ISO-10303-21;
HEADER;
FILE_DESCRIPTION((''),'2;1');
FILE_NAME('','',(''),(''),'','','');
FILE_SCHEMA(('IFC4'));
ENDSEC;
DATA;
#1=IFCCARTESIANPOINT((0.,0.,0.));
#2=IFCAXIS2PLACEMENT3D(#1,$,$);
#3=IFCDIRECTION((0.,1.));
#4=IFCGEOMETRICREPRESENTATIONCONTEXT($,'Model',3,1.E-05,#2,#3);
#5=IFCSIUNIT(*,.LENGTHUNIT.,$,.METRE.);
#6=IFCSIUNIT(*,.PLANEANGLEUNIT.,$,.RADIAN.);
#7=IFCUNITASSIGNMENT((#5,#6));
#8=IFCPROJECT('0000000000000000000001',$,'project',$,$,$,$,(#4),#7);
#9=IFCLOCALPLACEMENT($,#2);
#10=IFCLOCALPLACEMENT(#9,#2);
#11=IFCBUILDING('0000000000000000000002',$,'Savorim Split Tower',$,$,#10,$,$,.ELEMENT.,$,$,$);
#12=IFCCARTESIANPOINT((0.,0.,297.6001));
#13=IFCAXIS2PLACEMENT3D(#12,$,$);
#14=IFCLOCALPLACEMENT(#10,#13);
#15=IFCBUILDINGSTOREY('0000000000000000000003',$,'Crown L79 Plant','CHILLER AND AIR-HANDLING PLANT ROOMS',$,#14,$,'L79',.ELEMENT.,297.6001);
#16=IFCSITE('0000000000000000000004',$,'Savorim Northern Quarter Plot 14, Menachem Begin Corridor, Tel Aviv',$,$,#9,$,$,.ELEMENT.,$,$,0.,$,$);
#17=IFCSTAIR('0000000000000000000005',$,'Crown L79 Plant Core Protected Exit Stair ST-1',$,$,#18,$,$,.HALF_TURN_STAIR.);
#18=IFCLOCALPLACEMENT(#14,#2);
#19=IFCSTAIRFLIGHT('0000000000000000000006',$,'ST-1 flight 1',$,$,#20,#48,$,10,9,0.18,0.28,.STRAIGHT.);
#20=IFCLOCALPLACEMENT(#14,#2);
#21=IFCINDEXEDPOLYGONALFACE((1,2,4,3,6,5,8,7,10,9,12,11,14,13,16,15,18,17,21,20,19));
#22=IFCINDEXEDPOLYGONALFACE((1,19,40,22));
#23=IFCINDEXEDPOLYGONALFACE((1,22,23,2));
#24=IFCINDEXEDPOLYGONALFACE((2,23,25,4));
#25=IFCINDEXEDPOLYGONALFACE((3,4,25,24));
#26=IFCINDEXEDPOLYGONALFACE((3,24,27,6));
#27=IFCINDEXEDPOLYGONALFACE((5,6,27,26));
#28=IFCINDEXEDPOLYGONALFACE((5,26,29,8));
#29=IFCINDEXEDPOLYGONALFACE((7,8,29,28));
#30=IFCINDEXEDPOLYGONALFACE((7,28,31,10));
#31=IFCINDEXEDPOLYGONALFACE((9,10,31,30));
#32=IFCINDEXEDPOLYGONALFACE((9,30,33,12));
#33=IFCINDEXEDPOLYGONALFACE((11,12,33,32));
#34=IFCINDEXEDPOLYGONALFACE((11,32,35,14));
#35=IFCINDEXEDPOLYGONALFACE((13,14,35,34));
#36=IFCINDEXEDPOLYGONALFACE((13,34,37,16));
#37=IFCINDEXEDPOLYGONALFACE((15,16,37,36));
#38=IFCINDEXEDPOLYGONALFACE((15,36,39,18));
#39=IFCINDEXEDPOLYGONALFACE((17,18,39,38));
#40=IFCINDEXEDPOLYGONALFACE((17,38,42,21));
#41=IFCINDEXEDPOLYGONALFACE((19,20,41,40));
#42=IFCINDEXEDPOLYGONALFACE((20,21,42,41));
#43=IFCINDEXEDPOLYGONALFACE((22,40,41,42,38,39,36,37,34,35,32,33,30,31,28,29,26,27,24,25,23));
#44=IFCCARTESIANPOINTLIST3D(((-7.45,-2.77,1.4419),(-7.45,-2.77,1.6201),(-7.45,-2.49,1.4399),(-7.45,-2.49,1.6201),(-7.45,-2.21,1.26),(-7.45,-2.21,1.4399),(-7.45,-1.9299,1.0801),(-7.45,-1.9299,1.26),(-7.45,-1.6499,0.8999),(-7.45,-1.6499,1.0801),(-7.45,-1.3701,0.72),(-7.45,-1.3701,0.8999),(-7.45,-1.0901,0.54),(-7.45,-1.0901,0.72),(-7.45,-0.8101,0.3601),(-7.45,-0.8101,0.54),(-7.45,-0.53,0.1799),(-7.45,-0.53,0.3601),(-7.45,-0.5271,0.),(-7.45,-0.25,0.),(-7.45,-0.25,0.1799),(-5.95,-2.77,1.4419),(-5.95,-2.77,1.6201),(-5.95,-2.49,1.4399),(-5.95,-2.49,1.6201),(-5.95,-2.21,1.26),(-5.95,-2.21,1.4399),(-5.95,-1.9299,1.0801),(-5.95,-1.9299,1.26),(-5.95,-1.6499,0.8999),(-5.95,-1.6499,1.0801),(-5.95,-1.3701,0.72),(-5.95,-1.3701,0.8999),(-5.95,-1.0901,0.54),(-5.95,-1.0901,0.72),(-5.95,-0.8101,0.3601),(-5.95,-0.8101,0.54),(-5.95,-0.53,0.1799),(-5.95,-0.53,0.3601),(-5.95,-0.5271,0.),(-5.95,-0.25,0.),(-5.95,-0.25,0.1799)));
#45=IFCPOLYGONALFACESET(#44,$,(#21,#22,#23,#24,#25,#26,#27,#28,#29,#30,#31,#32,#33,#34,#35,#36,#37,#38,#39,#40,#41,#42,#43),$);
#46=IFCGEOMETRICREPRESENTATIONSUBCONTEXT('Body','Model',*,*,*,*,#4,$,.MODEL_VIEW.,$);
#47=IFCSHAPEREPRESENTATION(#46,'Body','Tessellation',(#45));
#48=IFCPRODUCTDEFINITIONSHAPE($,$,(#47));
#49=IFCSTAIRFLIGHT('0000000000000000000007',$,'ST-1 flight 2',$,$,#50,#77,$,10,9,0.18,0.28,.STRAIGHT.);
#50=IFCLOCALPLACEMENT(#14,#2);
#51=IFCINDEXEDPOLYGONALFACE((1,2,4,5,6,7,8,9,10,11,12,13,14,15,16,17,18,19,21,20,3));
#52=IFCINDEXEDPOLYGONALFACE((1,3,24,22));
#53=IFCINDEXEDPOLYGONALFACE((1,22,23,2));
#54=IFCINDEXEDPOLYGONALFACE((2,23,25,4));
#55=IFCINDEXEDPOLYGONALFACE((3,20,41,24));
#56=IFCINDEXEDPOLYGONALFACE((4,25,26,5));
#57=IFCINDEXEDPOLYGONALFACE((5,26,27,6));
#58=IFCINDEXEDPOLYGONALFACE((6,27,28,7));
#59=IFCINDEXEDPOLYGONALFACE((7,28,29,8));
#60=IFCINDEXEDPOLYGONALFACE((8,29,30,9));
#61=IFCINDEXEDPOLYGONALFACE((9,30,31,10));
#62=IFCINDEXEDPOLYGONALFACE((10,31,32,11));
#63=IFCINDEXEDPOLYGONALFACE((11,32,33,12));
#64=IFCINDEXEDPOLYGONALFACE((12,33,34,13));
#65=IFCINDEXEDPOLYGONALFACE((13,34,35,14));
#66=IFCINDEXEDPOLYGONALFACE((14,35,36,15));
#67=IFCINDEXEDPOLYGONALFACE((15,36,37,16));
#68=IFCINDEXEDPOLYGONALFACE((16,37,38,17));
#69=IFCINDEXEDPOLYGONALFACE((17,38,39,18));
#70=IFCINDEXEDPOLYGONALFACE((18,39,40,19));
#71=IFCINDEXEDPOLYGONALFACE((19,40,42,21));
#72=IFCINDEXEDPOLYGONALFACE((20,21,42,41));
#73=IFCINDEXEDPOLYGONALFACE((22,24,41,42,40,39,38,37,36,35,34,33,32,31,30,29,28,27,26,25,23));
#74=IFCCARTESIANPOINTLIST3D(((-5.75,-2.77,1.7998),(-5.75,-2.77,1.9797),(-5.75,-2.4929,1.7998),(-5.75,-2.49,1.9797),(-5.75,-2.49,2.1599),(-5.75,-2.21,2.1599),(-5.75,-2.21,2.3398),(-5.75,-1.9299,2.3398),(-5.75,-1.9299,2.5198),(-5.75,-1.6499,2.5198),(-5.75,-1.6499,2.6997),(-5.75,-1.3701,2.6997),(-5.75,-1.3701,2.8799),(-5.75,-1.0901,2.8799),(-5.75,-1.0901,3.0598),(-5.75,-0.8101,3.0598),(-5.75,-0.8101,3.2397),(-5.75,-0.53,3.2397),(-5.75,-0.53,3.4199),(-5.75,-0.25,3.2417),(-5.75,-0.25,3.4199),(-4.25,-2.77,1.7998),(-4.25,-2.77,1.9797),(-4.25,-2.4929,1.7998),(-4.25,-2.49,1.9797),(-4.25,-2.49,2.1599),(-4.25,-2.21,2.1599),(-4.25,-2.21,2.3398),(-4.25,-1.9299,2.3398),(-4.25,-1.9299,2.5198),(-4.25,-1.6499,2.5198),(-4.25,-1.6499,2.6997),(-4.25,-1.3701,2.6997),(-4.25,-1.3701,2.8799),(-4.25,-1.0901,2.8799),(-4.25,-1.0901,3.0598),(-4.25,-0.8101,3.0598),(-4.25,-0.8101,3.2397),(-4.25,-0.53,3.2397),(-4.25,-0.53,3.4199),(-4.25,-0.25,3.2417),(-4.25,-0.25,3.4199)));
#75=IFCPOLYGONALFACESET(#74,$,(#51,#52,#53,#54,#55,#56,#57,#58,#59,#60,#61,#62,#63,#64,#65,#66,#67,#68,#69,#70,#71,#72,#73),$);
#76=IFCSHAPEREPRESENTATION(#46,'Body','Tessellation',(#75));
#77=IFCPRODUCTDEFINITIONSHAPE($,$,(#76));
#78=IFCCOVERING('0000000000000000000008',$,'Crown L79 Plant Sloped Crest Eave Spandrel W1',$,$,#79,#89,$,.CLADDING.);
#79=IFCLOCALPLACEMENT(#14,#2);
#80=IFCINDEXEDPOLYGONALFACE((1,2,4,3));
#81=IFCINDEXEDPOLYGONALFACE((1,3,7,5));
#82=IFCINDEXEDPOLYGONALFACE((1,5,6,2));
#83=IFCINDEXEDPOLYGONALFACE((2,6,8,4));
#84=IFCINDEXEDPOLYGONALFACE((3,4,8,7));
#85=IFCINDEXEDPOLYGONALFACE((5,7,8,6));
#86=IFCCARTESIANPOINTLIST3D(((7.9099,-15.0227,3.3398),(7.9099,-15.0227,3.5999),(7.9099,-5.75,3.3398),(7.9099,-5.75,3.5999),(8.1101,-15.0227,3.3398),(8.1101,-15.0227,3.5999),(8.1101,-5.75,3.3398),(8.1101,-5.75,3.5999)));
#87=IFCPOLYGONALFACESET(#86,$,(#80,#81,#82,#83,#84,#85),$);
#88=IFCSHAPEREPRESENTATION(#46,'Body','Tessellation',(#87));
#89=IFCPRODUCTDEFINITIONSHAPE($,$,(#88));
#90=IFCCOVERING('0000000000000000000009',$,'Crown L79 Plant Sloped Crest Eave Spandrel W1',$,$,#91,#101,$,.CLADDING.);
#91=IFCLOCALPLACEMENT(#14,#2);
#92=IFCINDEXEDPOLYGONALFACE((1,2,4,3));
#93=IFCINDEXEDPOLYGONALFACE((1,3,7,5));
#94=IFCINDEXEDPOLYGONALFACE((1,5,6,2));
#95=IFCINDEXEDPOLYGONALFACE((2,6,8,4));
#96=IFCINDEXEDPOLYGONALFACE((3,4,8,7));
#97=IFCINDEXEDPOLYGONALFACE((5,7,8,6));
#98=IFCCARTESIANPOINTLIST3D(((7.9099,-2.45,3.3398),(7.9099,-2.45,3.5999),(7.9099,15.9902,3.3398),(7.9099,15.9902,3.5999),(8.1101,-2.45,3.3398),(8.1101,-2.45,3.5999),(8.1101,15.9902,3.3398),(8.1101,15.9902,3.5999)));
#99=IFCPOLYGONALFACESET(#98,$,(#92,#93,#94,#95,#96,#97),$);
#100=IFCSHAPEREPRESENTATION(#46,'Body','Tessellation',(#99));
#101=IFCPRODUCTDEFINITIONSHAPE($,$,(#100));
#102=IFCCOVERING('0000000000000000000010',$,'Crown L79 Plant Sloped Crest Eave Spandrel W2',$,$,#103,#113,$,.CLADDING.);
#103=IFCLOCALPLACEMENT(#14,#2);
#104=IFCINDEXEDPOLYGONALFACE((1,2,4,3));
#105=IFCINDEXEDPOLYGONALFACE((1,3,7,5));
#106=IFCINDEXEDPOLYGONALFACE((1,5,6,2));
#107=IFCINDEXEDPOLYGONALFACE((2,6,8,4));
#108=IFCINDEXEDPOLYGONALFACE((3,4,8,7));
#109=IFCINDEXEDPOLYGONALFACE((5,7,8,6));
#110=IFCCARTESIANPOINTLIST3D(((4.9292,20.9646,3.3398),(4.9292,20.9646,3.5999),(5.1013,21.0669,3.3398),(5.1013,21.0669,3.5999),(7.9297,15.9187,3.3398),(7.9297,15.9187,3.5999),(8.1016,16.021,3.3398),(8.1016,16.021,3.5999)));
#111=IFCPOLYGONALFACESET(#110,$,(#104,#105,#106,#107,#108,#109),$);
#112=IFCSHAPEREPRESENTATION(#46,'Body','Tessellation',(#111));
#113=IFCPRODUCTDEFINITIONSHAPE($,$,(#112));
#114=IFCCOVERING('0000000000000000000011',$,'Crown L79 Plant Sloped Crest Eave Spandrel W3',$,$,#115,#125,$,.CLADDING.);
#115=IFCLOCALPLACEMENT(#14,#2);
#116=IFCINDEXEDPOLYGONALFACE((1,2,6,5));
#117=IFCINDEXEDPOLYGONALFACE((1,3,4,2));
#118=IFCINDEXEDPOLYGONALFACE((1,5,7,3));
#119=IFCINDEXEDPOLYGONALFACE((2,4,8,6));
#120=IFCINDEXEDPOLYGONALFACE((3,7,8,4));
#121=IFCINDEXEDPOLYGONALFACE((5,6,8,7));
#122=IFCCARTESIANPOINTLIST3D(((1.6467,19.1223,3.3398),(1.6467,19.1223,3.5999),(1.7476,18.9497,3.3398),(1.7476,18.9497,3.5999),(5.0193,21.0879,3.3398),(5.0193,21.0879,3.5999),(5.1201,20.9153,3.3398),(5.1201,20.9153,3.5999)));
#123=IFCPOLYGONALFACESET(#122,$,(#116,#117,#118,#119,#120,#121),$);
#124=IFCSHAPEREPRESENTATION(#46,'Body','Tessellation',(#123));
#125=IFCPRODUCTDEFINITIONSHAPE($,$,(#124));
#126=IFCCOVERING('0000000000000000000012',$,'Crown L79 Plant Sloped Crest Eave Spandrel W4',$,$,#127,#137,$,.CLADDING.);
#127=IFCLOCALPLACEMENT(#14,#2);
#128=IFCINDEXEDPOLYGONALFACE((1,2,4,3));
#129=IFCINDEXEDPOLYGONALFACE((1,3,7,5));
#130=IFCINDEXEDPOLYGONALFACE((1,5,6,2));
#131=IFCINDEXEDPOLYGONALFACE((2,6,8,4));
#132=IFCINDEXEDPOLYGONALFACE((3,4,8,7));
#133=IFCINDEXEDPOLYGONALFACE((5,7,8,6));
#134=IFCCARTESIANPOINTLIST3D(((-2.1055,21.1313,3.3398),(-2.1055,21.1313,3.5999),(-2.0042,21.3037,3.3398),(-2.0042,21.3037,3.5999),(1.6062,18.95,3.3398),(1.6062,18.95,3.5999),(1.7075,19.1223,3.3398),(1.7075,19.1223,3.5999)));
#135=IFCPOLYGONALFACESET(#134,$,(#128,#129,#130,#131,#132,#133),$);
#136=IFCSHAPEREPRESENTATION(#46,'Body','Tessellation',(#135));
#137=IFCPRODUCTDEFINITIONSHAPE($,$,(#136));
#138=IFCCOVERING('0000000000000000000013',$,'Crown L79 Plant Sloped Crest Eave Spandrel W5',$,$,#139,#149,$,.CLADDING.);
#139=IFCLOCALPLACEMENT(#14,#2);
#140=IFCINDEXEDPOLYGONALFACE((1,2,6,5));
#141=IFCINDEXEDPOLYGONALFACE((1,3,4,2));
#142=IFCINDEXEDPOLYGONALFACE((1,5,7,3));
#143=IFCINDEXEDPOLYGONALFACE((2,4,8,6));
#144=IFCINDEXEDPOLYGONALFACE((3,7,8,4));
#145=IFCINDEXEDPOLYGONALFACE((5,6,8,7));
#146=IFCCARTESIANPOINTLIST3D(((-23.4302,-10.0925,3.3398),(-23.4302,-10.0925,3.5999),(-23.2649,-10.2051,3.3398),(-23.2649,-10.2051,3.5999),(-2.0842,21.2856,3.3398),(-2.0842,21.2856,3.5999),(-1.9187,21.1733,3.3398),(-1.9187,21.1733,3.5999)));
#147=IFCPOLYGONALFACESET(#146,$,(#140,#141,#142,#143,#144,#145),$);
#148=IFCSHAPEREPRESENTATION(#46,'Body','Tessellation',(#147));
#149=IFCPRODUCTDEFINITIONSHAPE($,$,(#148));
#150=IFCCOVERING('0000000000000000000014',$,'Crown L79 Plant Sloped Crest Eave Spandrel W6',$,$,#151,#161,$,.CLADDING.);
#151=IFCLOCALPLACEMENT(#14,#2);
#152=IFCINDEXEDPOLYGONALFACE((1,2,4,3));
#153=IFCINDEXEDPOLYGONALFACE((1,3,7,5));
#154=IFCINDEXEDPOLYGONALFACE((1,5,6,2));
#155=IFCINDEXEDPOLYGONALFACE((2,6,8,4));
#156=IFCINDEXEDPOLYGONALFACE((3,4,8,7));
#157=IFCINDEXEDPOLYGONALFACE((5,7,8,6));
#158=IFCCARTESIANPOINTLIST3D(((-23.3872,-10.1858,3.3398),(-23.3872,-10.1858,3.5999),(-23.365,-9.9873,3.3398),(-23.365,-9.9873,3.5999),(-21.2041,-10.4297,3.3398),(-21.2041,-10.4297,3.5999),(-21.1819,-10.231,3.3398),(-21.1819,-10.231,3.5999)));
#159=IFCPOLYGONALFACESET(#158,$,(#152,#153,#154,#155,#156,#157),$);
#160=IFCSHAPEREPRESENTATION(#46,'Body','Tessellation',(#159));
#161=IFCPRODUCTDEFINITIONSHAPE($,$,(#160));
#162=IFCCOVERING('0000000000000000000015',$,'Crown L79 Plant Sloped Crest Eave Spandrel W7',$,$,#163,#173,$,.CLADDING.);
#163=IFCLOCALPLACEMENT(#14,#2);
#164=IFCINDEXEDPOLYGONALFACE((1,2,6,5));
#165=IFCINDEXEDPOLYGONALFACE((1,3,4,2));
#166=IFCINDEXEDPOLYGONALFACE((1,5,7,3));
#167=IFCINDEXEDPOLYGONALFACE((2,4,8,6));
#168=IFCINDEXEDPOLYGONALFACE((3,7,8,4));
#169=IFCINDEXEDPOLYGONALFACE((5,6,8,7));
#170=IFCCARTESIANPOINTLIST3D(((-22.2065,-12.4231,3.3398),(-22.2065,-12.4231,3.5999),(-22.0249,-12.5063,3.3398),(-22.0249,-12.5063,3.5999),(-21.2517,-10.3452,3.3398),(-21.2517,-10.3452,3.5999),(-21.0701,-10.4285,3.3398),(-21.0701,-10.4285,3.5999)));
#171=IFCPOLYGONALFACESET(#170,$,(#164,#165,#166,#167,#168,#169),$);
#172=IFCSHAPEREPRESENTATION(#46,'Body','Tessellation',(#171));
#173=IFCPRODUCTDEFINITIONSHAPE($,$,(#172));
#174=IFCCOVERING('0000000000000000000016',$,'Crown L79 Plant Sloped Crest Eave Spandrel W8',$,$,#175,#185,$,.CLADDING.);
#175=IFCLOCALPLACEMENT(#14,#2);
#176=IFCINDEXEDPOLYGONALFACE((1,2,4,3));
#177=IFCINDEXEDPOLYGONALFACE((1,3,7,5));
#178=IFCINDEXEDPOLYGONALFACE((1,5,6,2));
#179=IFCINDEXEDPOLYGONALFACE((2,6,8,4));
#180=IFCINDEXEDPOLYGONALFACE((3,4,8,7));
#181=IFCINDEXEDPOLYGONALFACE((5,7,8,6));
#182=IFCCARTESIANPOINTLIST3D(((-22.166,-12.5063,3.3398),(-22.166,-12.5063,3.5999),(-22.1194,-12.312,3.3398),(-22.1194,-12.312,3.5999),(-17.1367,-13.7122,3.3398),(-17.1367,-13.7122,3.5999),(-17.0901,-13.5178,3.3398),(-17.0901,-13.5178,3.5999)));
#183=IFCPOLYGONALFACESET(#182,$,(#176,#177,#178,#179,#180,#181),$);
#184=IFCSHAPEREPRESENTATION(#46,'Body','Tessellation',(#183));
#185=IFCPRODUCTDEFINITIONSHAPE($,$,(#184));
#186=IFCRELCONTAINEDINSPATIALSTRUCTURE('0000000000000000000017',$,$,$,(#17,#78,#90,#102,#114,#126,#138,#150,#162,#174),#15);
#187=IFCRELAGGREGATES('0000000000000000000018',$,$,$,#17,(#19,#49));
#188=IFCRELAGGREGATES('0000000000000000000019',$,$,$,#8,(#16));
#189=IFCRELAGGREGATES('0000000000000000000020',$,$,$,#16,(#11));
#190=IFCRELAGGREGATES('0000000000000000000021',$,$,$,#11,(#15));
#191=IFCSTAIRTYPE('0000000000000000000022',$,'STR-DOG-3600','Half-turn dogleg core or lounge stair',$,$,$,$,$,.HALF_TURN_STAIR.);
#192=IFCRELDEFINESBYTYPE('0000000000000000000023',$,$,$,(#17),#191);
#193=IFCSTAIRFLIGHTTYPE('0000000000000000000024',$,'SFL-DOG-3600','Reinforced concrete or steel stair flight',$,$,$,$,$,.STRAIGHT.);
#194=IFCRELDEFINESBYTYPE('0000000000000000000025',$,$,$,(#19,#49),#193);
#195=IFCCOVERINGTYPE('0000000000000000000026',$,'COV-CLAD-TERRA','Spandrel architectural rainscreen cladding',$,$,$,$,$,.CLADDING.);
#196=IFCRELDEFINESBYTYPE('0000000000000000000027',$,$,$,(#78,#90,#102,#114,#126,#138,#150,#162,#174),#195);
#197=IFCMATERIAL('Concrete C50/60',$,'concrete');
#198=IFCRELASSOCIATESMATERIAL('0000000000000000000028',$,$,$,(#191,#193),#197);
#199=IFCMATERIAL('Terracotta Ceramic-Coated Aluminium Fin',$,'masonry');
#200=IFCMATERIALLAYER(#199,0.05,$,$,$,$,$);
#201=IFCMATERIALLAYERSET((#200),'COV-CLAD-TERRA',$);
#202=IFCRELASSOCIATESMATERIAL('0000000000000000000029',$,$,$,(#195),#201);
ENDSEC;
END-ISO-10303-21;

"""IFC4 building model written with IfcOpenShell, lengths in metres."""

from ifc_helpers import new_model, si_unit, direction, frame, origin, place, context, subcontext, project, spatial, polyline, outline, extrude, material, layer, layer_set, type_object, element, aggregate, save


model = new_model("IFC4")

# Units and contexts
model_context = context("Model", 3, precision=1e-05, world=origin(), true_north=direction((0.0, 1.0)))
body_context = subcontext(model_context, "Body", "Model", "MODEL_VIEW")
ifc_project = project(units=[si_unit("LENGTHUNIT", "METRE"), si_unit("PLANEANGLEUNIT", "RADIAN")], contexts=[model_context])

# Site, building, storey
site_placement = place(None, origin())
site = spatial("IfcSite", under=ifc_project, at=site_placement, Name="Savorim Northern Quarter Plot 14, Menachem Begin Corridor, Tel Aviv", CompositionType="ELEMENT", RefElevation=0.0)
building_placement = place(site_placement, origin())
building = spatial("IfcBuilding", under=site, at=building_placement, Name="Savorim Split Tower", CompositionType="ELEMENT")
storey_placement = place(building_placement, frame((0.0, 0.0, 297.6001)))
storey = spatial("IfcBuildingStorey", under=building, at=storey_placement, Name="Crown L79 Plant", Description="CHILLER AND AIR-HANDLING PLANT ROOMS", LongName="L79", CompositionType="ELEMENT", Elevation=297.6001)

# Shared definitions
ifc_material_1 = material(Name="Concrete C50/60", Category="concrete")

# Stair, stair flights
stair_type = type_object("IfcStairType", Name="STR-DOG-3600", Description="Half-turn dogleg core or lounge stair", PredefinedType="HALF_TURN_STAIR", material=ifc_material_1)
stair_placement = place(storey_placement, origin())
stair = element("IfcStair", 1, at=stair_placement, inside=storey, type_object=stair_type, Name="Crown L79 Plant Core Protected Exit Stair ST-1", PredefinedType="HALF_TURN_STAIR")
stair_flight_type = type_object("IfcStairFlightType", Name="SFL-DOG-3600", Description="Reinforced concrete or steel stair flight", PredefinedType="STRAIGHT", material=ifc_material_1)
stair_flight_1_placement = place(storey_placement, frame((-6.7, -0.25, 0.0), z_axis=(0.0, 0.0, 1.0), x_axis=(0.0, -1.0, 0.0)))
stair_flight_1 = element("IfcStairFlight", 2, at=stair_flight_1_placement, type_object=stair_flight_type, Name="ST-1 flight 1", NumberOfRisers=10, NumberOfTreads=9, PredefinedType="STRAIGHT", RiserHeight=0.18, TreadLength=0.28, context=body_context, shape_type="SweptSolid", body=[
    extrude(outline(polyline([(0.0, 0.0), (0.0, 0.1799), (0.28, 0.1799), (0.28, 0.3601), (0.5601, 0.3601), (0.5601, 0.54), (0.8401, 0.54), (0.8401, 0.72), (1.1201, 0.72), (1.1201, 0.8999), (1.3999, 0.8999), (1.3999, 1.0801), (1.6799, 1.0801), (1.6799, 1.26), (1.96, 1.26), (1.96, 1.4399), (2.24, 1.4399), (2.24, 1.6201), (2.52, 1.6201), (2.52, 1.8), (2.52, 1.4419), (0.2771, 0.0), (0.0, 0.0)])), frame((0.0, 0.75, 0.0), z_axis=(0.0, -1.0, 0.0), x_axis=(1.0, 0.0, 0.0)), (0.0, 0.0, 1.0), 1.5),
])
stair_flight_2_placement = place(storey_placement, frame((-5.0, -2.77, 1.7998), z_axis=(0.0, 0.0, 1.0), x_axis=(0.0, 1.0, 0.0)))
stair_flight_2 = element("IfcStairFlight", 3, at=stair_flight_2_placement, type_object=stair_flight_type, Name="ST-1 flight 2", NumberOfRisers=10, NumberOfTreads=9, PredefinedType="STRAIGHT", RiserHeight=0.18, TreadLength=0.28, context=body_context, shape_type="SweptSolid", body=[
    extrude(outline(polyline([(0.0, 0.0), (0.0, 0.1799), (0.28, 0.1799), (0.28, 0.3601), (0.5601, 0.3601), (0.5601, 0.54), (0.8401, 0.54), (0.8401, 0.72), (1.1201, 0.72), (1.1201, 0.8999), (1.3999, 0.8999), (1.3999, 1.0801), (1.6799, 1.0801), (1.6799, 1.26), (1.96, 1.26), (1.96, 1.4399), (2.24, 1.4399), (2.24, 1.6201), (2.52, 1.6201), (2.52, 1.8), (2.52, 1.4419), (0.2771, 0.0), (0.0, 0.0)])), frame((0.0, 0.75, 0.0), z_axis=(0.0, -1.0, 0.0), x_axis=(1.0, 0.0, 0.0)), (0.0, 0.0, 1.0), 1.5),
])
aggregate(stair, [stair_flight_1, stair_flight_2])

# Coverings
ifc_material_2 = material(Name="Terracotta Ceramic-Coated Aluminium Fin", Category="masonry")
ifc_layer_1 = layer(ifc_material_2, 0.05)
ifc_layer_set_1 = layer_set([ifc_layer_1], Name="COV-CLAD-TERRA")
covering_type = type_object("IfcCoveringType", Name="COV-CLAD-TERRA", Description="Spandrel architectural rainscreen cladding", PredefinedType="CLADDING", material=ifc_layer_set_1)
covering_1_placement = place(storey_placement, frame((0.0, 0.0, 3.3398)))
element("IfcCovering", 4, at=covering_1_placement, inside=storey, type_object=covering_type, Name="Crown L79 Plant Sloped Crest Eave Spandrel W1", PredefinedType="CLADDING", context=body_context, shape_type="SweptSolid", body=[
    extrude(outline(polyline([(8.1101, -15.0227), (8.1101, -5.75), (7.9099, -5.75), (7.9099, -15.0227), (8.1101, -15.0227)])), origin(), (0.0, 0.0, 1.0), 0.26),
])
covering_2_placement = place(storey_placement, frame((0.0, 0.0, 3.3398)))
element("IfcCovering", 5, at=covering_2_placement, inside=storey, type_object=covering_type, Name="Crown L79 Plant Sloped Crest Eave Spandrel W1", PredefinedType="CLADDING", context=body_context, shape_type="SweptSolid", body=[
    extrude(outline(polyline([(8.1101, -2.45), (8.1101, 15.9902), (7.9099, 15.9902), (7.9099, -2.45), (8.1101, -2.45)])), origin(), (0.0, 0.0, 1.0), 0.26),
])
covering_3_placement = place(storey_placement, frame((0.0, 0.0, 3.3398)))
element("IfcCovering", 6, at=covering_3_placement, inside=storey, type_object=covering_type, Name="Crown L79 Plant Sloped Crest Eave Spandrel W2", PredefinedType="CLADDING", context=body_context, shape_type="SweptSolid", body=[
    extrude(outline(polyline([(8.1016, 16.021), (5.1013, 21.0669), (4.9292, 20.9646), (7.9297, 15.9187), (8.1016, 16.021)])), origin(), (0.0, 0.0, 1.0), 0.26),
])
covering_4_placement = place(storey_placement, frame((0.0, 0.0, 3.3398)))
element("IfcCovering", 7, at=covering_4_placement, inside=storey, type_object=covering_type, Name="Crown L79 Plant Sloped Crest Eave Spandrel W3", PredefinedType="CLADDING", context=body_context, shape_type="SweptSolid", body=[
    extrude(outline(polyline([(5.0193, 21.0879), (1.6467, 19.1223), (1.7476, 18.9497), (5.1201, 20.9153), (5.0193, 21.0879)])), origin(), (0.0, 0.0, 1.0), 0.26),
])
covering_5_placement = place(storey_placement, frame((0.0, 0.0, 3.3398)))
element("IfcCovering", 8, at=covering_5_placement, inside=storey, type_object=covering_type, Name="Crown L79 Plant Sloped Crest Eave Spandrel W4", PredefinedType="CLADDING", context=body_context, shape_type="SweptSolid", body=[
    extrude(outline(polyline([(1.7075, 19.1223), (-2.0042, 21.3037), (-2.1055, 21.1313), (1.6062, 18.95), (1.7075, 19.1223)])), origin(), (0.0, 0.0, 1.0), 0.26),
])
covering_6_placement = place(storey_placement, frame((0.0, 0.0, 3.3398)))
element("IfcCovering", 9, at=covering_6_placement, inside=storey, type_object=covering_type, Name="Crown L79 Plant Sloped Crest Eave Spandrel W5", PredefinedType="CLADDING", context=body_context, shape_type="SweptSolid", body=[
    extrude(outline(polyline([(-2.0842, 21.2856), (-23.4302, -10.0925), (-23.2649, -10.2051), (-1.9187, 21.1733), (-2.0842, 21.2856)])), origin(), (0.0, 0.0, 1.0), 0.26),
])
covering_7_placement = place(storey_placement, frame((0.0, 0.0, 3.3398)))
element("IfcCovering", 10, at=covering_7_placement, inside=storey, type_object=covering_type, Name="Crown L79 Plant Sloped Crest Eave Spandrel W6", PredefinedType="CLADDING", context=body_context, shape_type="SweptSolid", body=[
    extrude(outline(polyline([(-23.3872, -10.1858), (-21.2041, -10.4297), (-21.1819, -10.231), (-23.365, -9.9873), (-23.3872, -10.1858)])), origin(), (0.0, 0.0, 1.0), 0.26),
])
covering_8_placement = place(storey_placement, frame((0.0, 0.0, 3.3398)))
element("IfcCovering", 11, at=covering_8_placement, inside=storey, type_object=covering_type, Name="Crown L79 Plant Sloped Crest Eave Spandrel W7", PredefinedType="CLADDING", context=body_context, shape_type="SweptSolid", body=[
    extrude(outline(polyline([(-21.2517, -10.3452), (-22.2065, -12.4231), (-22.0249, -12.5063), (-21.0701, -10.4285), (-21.2517, -10.3452)])), origin(), (0.0, 0.0, 1.0), 0.26),
])
covering_9_placement = place(storey_placement, frame((0.0, 0.0, 3.3398)))
element("IfcCovering", 12, at=covering_9_placement, inside=storey, type_object=covering_type, Name="Crown L79 Plant Sloped Crest Eave Spandrel W8", PredefinedType="CLADDING", context=body_context, shape_type="SweptSolid", body=[
    extrude(outline(polyline([(-22.166, -12.5063), (-17.1367, -13.7122), (-17.0901, -13.5178), (-22.1194, -12.312), (-22.166, -12.5063)])), origin(), (0.0, 0.0, 1.0), 0.26),
])

save(model, "model.ifc")
